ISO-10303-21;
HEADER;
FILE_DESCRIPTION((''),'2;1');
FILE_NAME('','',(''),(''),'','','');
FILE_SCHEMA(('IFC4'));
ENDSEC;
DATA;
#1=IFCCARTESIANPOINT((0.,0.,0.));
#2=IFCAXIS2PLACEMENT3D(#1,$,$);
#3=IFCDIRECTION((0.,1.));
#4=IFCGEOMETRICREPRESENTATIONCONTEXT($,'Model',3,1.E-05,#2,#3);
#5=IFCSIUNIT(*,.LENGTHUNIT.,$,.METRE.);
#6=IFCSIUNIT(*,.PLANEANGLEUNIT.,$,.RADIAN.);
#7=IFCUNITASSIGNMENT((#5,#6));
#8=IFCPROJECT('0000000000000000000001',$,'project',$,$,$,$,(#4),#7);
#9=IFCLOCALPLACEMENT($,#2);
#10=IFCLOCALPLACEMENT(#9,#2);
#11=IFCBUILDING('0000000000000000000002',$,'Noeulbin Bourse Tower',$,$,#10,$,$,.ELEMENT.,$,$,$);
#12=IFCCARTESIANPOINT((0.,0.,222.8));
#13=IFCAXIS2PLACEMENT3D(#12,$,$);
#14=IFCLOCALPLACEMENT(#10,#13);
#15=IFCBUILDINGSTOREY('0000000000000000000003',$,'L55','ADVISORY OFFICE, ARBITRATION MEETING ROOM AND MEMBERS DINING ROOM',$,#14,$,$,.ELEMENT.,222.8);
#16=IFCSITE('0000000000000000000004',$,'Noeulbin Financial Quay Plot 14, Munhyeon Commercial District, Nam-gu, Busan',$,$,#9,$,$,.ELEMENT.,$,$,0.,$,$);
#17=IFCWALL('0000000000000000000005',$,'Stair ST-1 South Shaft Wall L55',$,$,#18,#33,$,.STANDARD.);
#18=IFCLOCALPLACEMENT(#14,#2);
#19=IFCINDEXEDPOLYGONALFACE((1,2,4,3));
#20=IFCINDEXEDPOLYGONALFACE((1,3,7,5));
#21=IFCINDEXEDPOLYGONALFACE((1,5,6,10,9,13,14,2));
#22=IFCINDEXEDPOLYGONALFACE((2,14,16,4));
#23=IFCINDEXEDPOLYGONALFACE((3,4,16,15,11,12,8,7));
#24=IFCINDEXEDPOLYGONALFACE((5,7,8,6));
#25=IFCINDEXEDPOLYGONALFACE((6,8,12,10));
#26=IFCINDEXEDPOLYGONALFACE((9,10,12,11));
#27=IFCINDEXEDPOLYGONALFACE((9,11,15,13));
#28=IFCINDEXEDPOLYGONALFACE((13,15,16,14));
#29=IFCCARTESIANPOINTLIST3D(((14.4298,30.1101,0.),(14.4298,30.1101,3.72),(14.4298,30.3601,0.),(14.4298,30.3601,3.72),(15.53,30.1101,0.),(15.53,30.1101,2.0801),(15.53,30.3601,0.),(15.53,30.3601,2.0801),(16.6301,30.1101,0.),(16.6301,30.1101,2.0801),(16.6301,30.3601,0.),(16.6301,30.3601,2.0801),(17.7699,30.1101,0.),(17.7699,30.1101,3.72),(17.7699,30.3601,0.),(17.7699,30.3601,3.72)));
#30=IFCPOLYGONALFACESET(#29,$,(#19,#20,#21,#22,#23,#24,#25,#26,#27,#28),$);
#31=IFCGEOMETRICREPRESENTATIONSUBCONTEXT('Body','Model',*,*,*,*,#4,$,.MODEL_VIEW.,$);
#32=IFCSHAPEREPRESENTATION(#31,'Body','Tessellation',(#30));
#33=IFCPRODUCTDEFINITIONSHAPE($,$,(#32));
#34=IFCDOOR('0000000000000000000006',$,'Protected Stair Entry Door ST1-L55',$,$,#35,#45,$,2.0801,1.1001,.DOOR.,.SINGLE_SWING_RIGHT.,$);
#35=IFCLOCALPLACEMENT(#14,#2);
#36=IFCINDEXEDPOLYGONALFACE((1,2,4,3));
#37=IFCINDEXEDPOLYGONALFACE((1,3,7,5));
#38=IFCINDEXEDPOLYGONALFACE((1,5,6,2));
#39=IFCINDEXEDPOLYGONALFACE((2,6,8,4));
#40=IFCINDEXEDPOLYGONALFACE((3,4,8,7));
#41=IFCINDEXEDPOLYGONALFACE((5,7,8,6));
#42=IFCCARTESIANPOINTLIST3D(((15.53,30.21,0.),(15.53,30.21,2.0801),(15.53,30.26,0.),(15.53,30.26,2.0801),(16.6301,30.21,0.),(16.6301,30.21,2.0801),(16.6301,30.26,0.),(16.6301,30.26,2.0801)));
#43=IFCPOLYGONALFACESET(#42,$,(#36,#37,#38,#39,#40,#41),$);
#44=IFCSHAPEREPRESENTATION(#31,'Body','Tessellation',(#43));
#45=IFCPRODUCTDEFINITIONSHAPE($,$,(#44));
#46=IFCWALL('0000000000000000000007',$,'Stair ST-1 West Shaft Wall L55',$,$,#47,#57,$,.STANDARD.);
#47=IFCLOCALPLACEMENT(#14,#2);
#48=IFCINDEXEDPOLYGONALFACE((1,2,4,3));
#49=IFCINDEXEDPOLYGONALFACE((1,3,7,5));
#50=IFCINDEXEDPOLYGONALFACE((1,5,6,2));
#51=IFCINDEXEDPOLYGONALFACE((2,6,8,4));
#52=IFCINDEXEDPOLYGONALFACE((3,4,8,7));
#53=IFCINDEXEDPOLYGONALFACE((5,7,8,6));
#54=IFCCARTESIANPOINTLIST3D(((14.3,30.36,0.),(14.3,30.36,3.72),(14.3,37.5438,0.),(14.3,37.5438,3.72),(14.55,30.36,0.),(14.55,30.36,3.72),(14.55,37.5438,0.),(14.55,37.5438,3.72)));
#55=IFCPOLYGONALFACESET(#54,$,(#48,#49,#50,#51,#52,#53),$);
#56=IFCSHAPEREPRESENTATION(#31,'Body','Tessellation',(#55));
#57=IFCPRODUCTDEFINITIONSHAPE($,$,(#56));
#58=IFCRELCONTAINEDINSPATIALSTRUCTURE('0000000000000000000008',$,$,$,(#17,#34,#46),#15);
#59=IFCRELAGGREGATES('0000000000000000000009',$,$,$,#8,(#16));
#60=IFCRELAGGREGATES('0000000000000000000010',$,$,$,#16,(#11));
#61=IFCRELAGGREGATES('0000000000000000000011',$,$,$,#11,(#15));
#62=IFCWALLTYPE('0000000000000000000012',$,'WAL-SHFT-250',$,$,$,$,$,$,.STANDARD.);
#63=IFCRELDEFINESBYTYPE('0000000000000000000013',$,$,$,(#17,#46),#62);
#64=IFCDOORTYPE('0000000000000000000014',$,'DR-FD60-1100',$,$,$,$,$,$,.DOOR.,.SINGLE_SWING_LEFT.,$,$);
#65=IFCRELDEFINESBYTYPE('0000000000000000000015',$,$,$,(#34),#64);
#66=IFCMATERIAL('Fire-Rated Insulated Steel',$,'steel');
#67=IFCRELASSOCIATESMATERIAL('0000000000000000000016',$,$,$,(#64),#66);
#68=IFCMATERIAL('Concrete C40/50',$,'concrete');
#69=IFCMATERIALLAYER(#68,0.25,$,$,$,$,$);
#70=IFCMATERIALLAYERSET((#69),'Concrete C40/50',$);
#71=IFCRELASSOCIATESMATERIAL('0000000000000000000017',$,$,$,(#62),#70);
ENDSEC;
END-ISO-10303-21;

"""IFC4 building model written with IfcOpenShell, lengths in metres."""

from ifc_helpers import new_model, si_unit, direction, frame, frame_2d, origin, place, context, subcontext, project, spatial, rectangle, extrude, material, layer, layer_set, type_object, element, fill, save


model = new_model("IFC4")

# Units and contexts
model_context = context("Model", 3, precision=1e-05, world=origin(), true_north=direction((0.0, 1.0)))
body_context = subcontext(model_context, "Body", "Model", "MODEL_VIEW")
ifc_project = project(units=[si_unit("LENGTHUNIT", "METRE"), si_unit("PLANEANGLEUNIT", "RADIAN")], contexts=[model_context])

# Site, building, storey
site_placement = place(None, origin())
site = spatial("IfcSite", under=ifc_project, at=site_placement, Name="Noeulbin Financial Quay Plot 14, Munhyeon Commercial District, Nam-gu, Busan", CompositionType="ELEMENT", RefElevation=0.0)
building_placement = place(site_placement, origin())
building = spatial("IfcBuilding", under=site, at=building_placement, Name="Noeulbin Bourse Tower", CompositionType="ELEMENT")
storey_placement = place(building_placement, frame((0.0, 0.0, 222.8)))
storey = spatial("IfcBuildingStorey", under=building, at=storey_placement, Name="L55", Description="ADVISORY OFFICE, ARBITRATION MEETING ROOM AND MEMBERS DINING ROOM", CompositionType="ELEMENT", Elevation=222.8)

# Shared definitions
ifc_material_1 = material(Name="Fire-Rated Insulated Steel", Category="steel")
door_type_1 = type_object("IfcDoorType", Name="DR-FD60-1100", OperationType="SINGLE_SWING_LEFT", PredefinedType="DOOR", material=ifc_material_1)

# Shared definitions
ifc_material_2 = material(Name="Concrete C40/50", Category="concrete")

# Wall, opening, door
ifc_layer_1 = layer(ifc_material_2, 0.25)
ifc_layer_set_1 = layer_set([ifc_layer_1], Name="Concrete C40/50")
wall_type_1 = type_object("IfcWallType", Name="WAL-SHFT-250", PredefinedType="STANDARD", material=ifc_layer_set_1)
wall_1_placement = place(storey_placement, frame((14.4299, 30.2351, 0.0), z_axis=(0.0, 0.0, 1.0), x_axis=(1.0, 0.0, 0.0)))
wall_1 = element("IfcWall", 1, at=wall_1_placement, inside=storey, type_object=wall_type_1, Name="Stair ST-1 South Shaft Wall L55", PredefinedType="STANDARD", context=body_context, shape_type="SweptSolid", body=[
    extrude(rectangle(XDim=3.3401, YDim=0.25, at=frame_2d((1.6699, 0.0))), origin(), (0.0, 0.0, 1.0), 3.72),
])
opening_1_placement = place(wall_1_placement, frame((1.1001, 0.0, 0.0)))
opening_1 = element("IfcOpeningElement", 2, at=opening_1_placement, cuts=wall_1, PredefinedType="OPENING", context=body_context, shape_type="SweptSolid", body=[
    extrude(rectangle(XDim=1.1001, YDim=2.0801, at=frame_2d((0.55, 1.04))), frame((0.0, 0.135, 0.0), z_axis=(0.0, -1.0, 0.0), x_axis=(1.0, 0.0, 0.0)), (0.0, 0.0, 1.0), 0.27),
])
door_1_placement = place(opening_1_placement, origin())
door_1 = element("IfcDoor", 3, at=door_1_placement, inside=storey, type_object=door_type_1, Name="Protected Stair Entry Door ST1-L55", OperationType="SINGLE_SWING_RIGHT", OverallHeight=2.0801, OverallWidth=1.1001, PredefinedType="DOOR", context=body_context, shape_type="SweptSolid", body=[
    extrude(rectangle(XDim=1.1001, YDim=2.0801, at=frame_2d((0.55, 1.04))), frame((0.0, 0.0249, 0.0), z_axis=(0.0, -1.0, 0.0), x_axis=(1.0, 0.0, 0.0)), (0.0, 0.0, 1.0), 0.05),
])
fill(opening_1, door_1)

# Wall
wall_2_placement = place(storey_placement, frame((14.425, 30.3601, 0.0), z_axis=(0.0, 0.0, 1.0), x_axis=(0.0, 1.0, 0.0)))
element("IfcWall", 4, at=wall_2_placement, inside=storey, type_object=wall_type_1, Name="Stair ST-1 West Shaft Wall L55", PredefinedType="STANDARD", context=body_context, shape_type="SweptSolid", body=[
    extrude(rectangle(XDim=7.1838, YDim=0.25, at=frame_2d((3.5918, 0.0))), origin(), (0.0, 0.0, 1.0), 3.72),
])

save(model, "model.ifc")
